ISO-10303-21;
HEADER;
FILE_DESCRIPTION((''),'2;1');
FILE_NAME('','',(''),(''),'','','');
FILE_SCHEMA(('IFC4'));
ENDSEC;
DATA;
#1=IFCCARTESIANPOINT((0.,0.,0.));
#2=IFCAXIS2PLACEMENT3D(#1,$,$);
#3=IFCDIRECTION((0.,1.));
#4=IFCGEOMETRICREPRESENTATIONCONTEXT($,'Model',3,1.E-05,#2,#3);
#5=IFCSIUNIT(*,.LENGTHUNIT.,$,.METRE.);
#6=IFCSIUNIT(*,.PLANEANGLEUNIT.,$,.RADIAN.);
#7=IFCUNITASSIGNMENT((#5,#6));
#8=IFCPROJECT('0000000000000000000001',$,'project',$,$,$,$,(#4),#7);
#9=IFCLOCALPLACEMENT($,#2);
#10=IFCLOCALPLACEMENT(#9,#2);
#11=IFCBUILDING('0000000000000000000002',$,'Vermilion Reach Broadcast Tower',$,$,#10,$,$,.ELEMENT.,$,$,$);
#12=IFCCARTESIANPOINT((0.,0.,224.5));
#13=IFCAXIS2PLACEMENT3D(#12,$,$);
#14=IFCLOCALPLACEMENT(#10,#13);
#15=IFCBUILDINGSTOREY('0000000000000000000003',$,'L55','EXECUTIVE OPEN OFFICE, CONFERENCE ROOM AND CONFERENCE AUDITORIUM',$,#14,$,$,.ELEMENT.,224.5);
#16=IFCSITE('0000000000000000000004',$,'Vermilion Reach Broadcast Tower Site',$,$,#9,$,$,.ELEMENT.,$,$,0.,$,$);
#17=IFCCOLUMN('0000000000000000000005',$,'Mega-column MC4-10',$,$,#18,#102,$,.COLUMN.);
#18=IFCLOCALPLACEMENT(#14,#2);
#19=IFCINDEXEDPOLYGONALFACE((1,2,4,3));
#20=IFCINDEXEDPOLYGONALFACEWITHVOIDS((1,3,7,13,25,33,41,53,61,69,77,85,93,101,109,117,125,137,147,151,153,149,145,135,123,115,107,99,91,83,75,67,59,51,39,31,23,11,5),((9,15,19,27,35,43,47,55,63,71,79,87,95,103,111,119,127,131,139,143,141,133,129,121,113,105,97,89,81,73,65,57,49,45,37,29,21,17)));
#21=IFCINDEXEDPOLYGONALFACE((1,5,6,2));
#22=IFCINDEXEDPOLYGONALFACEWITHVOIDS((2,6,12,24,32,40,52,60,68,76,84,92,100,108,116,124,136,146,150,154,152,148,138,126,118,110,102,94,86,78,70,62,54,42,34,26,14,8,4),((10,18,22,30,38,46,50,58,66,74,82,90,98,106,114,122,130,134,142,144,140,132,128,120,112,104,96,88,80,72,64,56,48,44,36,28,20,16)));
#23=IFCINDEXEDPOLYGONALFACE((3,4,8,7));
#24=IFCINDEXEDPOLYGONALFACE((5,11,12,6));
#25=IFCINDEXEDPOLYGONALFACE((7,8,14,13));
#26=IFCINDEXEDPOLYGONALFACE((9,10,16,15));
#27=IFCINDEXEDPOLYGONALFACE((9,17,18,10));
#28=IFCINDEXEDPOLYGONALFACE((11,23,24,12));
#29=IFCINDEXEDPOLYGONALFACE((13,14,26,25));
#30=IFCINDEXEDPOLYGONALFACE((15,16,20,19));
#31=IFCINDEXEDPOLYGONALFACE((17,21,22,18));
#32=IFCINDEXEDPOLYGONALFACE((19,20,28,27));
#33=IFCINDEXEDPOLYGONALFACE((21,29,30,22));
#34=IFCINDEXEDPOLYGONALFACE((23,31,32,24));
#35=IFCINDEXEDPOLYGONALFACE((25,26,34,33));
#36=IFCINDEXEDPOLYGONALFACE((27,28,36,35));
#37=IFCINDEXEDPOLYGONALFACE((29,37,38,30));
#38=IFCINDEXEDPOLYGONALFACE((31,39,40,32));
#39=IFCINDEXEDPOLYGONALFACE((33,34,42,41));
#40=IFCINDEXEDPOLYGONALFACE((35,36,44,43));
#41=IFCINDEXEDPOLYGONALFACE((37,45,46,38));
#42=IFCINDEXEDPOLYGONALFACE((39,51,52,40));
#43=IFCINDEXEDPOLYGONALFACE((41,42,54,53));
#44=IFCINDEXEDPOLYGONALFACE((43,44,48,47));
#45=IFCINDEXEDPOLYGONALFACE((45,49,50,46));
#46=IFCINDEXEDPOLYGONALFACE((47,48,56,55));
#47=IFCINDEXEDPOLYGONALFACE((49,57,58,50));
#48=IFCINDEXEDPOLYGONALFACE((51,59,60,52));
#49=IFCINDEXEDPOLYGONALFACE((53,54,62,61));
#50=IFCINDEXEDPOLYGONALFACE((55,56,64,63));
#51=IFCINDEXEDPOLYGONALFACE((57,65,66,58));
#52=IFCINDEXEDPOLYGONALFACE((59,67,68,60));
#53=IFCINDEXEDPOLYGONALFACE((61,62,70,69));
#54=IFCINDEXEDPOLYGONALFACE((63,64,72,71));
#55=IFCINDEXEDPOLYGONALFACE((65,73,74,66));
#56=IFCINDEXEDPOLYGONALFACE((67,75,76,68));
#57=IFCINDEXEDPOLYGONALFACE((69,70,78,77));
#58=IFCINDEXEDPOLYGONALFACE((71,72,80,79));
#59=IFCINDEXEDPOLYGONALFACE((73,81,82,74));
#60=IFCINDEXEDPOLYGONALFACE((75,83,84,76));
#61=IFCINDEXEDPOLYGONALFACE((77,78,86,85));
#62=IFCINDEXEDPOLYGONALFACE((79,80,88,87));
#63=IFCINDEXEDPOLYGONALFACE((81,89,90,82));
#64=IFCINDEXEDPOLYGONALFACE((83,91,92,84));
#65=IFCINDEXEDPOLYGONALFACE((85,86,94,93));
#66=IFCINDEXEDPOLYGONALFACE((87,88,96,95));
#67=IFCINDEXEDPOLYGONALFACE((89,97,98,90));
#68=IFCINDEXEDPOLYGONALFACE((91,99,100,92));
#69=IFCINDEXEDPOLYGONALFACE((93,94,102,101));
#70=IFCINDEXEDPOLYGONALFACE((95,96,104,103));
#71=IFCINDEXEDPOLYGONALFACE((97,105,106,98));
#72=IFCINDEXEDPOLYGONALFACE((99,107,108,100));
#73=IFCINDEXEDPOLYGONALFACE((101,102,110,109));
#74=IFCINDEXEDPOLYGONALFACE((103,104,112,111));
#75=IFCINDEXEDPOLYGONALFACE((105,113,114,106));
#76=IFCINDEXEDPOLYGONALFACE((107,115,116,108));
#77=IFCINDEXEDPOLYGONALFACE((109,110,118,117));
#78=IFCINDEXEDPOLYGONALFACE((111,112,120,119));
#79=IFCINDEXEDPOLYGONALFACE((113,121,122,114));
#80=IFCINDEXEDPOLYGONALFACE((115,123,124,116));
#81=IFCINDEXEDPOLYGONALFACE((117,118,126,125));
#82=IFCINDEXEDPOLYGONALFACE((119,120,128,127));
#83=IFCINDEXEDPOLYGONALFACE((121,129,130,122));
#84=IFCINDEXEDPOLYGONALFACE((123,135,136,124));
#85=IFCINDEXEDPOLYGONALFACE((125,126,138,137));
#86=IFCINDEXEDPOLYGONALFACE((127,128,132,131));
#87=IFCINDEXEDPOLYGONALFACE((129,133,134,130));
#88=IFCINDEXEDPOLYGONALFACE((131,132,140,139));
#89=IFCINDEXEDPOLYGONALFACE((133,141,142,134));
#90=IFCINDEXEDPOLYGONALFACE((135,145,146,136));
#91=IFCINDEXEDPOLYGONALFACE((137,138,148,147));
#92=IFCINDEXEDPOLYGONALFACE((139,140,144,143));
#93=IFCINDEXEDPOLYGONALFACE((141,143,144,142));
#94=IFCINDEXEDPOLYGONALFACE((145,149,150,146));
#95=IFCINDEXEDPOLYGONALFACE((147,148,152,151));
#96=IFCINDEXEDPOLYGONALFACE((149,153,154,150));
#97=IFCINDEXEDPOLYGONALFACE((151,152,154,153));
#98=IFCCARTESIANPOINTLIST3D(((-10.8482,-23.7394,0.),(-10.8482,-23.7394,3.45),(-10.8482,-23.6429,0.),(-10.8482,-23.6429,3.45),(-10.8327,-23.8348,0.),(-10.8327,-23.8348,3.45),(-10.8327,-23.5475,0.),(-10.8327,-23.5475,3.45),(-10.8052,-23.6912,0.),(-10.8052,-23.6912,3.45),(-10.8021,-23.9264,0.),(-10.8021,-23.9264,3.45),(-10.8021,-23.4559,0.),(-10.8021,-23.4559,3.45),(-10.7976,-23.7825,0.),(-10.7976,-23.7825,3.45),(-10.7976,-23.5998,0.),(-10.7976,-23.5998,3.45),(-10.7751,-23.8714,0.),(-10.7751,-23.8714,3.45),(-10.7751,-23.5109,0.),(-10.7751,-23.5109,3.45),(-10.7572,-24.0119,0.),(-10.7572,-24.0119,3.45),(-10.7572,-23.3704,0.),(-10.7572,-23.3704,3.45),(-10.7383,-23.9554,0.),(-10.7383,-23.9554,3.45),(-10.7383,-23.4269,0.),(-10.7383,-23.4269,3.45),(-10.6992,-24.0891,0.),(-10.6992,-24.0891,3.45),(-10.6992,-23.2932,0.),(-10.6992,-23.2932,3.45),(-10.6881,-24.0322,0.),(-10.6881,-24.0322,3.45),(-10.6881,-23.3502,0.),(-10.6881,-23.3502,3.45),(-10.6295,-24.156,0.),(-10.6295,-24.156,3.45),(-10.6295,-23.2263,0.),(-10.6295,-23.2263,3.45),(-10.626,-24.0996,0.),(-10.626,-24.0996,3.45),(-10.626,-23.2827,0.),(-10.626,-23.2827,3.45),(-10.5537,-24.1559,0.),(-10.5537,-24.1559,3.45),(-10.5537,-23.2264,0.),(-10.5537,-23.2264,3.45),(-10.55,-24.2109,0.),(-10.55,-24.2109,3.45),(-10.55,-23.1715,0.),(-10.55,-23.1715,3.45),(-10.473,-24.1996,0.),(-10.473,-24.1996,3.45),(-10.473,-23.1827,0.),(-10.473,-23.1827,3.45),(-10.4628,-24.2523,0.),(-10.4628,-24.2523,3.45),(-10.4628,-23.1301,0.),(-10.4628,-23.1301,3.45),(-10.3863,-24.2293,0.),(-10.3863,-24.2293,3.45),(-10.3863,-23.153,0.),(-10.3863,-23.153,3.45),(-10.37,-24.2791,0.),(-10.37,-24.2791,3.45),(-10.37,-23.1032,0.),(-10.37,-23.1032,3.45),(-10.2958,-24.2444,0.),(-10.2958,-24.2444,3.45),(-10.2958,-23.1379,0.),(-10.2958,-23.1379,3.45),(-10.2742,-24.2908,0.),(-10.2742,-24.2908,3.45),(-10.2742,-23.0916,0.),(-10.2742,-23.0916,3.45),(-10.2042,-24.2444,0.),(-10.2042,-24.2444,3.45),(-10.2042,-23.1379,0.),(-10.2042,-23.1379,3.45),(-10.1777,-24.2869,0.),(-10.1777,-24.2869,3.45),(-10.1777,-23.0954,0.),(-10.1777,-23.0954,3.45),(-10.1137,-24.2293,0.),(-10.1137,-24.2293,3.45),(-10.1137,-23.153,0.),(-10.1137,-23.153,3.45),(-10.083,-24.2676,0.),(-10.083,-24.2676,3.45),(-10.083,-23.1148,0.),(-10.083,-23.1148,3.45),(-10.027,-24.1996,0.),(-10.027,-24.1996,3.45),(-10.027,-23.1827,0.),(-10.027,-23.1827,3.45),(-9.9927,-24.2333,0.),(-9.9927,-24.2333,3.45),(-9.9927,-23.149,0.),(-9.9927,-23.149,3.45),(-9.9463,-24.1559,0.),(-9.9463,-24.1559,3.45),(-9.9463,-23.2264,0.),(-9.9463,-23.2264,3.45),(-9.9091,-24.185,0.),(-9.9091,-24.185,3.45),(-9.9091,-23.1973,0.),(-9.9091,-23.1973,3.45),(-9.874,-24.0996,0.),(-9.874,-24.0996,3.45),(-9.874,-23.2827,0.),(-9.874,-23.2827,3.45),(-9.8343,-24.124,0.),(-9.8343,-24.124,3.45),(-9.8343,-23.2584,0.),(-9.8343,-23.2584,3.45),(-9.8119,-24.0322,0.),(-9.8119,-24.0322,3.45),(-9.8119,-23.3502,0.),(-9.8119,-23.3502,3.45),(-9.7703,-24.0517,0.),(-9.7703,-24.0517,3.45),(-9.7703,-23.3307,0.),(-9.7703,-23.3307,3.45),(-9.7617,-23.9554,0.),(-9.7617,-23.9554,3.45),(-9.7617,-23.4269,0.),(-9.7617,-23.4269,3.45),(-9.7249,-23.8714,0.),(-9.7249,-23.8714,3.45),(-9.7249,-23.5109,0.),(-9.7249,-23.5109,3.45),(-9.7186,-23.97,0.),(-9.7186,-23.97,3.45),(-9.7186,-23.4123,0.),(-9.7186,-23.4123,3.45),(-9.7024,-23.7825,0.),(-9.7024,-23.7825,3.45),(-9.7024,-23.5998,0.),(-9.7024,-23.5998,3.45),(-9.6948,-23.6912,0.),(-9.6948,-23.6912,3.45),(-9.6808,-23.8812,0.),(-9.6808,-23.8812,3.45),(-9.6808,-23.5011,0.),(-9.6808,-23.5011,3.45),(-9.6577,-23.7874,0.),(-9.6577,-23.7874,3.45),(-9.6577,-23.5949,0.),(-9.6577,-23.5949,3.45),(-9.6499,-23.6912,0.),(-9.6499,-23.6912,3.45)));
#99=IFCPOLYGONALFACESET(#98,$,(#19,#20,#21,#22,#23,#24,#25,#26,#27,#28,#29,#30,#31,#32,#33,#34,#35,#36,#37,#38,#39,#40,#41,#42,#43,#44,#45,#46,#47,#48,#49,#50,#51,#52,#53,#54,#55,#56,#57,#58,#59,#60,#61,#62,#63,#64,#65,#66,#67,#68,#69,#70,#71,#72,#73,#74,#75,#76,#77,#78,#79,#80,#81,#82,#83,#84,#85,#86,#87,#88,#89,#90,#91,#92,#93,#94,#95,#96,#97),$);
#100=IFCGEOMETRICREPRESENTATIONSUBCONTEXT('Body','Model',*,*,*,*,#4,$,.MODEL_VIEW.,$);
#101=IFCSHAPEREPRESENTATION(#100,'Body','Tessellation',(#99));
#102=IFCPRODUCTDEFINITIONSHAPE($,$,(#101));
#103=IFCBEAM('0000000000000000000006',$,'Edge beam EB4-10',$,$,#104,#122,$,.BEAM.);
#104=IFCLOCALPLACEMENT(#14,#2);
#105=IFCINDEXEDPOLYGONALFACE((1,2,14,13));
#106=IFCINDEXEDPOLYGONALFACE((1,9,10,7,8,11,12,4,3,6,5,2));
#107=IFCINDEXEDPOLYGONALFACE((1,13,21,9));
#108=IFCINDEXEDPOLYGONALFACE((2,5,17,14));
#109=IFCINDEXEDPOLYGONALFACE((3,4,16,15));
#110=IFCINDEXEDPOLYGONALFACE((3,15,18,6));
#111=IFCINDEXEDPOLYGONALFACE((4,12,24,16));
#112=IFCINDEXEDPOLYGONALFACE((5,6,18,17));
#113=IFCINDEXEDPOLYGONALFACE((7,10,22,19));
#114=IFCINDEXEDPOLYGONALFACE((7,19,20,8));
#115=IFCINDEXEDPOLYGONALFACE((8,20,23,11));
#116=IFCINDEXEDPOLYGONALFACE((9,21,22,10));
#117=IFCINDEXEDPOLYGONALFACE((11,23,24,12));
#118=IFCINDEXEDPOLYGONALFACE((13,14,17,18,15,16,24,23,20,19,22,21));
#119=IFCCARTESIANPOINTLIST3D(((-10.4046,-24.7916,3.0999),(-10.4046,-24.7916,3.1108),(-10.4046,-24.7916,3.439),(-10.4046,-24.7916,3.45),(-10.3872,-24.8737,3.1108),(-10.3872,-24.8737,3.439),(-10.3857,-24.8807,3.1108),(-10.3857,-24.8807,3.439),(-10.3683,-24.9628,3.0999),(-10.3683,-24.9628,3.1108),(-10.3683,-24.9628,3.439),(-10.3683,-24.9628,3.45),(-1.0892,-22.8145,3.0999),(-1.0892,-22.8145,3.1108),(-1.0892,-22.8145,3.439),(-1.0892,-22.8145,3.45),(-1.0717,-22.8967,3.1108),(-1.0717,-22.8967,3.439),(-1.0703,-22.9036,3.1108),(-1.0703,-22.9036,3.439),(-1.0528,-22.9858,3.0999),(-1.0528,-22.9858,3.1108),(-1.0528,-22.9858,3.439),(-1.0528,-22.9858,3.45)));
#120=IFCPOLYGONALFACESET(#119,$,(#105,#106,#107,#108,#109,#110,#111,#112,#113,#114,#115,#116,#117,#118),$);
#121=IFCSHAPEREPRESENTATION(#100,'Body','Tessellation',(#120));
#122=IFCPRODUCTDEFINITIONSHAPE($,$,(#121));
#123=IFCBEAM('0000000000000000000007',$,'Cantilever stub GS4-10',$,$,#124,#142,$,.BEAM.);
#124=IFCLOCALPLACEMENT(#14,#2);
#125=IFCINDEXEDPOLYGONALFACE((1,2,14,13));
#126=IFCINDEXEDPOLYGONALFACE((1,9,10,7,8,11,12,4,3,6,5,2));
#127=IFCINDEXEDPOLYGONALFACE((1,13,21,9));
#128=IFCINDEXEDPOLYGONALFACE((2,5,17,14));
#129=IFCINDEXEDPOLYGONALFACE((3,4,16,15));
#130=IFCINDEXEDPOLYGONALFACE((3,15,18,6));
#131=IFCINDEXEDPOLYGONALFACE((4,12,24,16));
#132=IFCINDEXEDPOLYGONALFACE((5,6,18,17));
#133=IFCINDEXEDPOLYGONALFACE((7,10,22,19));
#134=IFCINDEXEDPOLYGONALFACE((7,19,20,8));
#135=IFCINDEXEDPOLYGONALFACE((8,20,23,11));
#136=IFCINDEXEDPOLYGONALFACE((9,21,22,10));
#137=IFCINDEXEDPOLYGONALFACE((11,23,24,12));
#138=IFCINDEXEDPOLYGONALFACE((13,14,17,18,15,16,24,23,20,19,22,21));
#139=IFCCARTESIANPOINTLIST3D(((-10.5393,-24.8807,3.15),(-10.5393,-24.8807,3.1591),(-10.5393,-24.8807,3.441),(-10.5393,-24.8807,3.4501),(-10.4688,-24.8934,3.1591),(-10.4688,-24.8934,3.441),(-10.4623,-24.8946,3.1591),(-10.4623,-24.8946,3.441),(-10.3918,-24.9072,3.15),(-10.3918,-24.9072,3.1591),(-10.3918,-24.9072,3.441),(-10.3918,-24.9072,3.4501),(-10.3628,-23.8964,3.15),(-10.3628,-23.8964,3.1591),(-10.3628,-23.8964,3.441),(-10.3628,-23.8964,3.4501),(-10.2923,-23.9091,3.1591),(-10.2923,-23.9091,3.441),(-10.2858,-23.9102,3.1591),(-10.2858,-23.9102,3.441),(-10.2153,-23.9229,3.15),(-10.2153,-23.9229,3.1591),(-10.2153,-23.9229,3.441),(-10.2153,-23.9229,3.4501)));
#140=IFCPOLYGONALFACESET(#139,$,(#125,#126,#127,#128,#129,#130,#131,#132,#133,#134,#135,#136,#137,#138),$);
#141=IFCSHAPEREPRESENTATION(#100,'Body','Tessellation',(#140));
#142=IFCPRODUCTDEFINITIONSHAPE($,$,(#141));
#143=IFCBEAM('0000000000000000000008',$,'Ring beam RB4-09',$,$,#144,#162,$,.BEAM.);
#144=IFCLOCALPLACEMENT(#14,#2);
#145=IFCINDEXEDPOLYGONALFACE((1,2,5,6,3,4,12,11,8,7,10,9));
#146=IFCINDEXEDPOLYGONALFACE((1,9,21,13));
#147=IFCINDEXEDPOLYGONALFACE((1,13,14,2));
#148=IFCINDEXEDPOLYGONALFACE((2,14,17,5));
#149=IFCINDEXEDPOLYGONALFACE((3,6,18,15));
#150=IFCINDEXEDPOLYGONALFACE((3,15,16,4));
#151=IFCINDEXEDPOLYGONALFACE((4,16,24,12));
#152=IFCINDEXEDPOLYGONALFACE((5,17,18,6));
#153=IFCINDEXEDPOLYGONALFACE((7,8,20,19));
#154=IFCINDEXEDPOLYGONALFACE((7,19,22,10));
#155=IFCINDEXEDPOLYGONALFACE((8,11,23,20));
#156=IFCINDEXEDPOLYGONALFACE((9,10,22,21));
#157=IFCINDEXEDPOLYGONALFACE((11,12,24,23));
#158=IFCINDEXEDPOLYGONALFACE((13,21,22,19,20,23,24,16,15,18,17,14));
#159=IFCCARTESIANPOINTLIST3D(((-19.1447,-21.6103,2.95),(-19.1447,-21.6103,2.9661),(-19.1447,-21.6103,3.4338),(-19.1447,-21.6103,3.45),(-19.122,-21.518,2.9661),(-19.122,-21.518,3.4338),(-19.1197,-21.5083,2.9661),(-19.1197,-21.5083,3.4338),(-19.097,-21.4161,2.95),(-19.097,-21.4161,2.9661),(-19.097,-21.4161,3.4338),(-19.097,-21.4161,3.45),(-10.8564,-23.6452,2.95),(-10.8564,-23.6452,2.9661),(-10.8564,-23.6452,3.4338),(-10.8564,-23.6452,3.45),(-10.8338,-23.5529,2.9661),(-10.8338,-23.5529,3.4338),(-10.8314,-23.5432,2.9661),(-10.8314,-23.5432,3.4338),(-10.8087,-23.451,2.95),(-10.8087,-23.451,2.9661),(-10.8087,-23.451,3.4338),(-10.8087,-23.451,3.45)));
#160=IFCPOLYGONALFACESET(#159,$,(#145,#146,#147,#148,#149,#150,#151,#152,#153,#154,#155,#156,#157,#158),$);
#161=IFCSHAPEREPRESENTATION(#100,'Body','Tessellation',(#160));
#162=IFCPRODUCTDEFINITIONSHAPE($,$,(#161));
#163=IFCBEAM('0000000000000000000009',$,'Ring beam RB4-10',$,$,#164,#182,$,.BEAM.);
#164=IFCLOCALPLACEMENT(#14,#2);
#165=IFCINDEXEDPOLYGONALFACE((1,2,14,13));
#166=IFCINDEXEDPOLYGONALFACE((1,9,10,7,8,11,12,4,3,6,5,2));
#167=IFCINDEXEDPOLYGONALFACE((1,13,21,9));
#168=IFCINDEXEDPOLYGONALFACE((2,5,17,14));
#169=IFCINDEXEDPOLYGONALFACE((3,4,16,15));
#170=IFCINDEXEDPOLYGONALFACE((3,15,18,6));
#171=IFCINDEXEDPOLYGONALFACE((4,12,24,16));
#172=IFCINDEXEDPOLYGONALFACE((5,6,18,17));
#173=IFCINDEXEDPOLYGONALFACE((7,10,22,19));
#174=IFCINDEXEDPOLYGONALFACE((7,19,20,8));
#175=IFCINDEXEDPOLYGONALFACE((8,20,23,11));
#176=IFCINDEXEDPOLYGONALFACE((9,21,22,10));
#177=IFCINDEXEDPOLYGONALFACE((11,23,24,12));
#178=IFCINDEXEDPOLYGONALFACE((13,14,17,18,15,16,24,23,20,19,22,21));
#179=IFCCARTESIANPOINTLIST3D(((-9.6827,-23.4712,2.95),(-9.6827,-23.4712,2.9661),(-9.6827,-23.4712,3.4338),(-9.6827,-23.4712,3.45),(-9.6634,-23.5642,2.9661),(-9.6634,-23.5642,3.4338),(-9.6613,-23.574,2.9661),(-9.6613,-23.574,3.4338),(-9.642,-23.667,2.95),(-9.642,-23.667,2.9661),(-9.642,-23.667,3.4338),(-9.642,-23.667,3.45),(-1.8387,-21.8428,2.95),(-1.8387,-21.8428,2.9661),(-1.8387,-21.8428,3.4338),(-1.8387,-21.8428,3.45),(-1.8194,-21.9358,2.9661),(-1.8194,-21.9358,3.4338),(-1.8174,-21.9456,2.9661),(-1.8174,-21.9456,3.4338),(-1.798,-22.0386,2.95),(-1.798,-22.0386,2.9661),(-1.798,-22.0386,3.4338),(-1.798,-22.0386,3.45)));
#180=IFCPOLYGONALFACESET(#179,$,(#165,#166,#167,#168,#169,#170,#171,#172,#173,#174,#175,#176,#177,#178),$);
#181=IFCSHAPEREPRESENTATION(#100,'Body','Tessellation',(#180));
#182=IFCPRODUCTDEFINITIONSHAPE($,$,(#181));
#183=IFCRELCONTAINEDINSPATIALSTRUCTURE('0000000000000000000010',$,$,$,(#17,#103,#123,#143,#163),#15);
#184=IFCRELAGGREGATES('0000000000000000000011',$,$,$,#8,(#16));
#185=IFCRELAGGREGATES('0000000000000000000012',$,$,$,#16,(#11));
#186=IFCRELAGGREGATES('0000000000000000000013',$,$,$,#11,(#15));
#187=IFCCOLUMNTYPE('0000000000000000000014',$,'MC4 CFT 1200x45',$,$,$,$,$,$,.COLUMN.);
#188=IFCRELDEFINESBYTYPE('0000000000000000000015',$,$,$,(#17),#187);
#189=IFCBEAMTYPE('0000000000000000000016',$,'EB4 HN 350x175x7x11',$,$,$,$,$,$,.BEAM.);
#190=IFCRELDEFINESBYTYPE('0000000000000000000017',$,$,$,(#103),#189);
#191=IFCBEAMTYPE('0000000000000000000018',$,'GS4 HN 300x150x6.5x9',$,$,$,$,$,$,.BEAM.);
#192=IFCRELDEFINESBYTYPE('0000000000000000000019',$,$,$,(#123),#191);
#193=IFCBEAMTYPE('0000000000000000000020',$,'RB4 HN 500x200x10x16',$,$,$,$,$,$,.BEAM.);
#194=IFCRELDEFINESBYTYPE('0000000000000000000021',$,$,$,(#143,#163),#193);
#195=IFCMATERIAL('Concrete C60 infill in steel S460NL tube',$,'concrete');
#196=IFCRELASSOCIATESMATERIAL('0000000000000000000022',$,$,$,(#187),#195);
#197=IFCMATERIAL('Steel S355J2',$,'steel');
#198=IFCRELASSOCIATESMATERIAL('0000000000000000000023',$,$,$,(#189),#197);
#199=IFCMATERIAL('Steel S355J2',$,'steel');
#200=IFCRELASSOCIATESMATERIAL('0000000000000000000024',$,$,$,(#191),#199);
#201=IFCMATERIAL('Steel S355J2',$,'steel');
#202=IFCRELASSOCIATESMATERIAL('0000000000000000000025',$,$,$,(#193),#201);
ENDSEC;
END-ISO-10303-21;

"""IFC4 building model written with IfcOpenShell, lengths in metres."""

from ifc_helpers import new_model, si_unit, direction, frame, origin, origin_2d, place, context, subcontext, project, spatial, hollow_circle, i_section, extrude, material, material_profile, profile_set, type_object, element, save


model = new_model("IFC4")

# Units and contexts
model_context = context("Model", 3, precision=1e-05, world=origin(), true_north=direction((0.0, 1.0)))
body_context = subcontext(model_context, "Body", "Model", "MODEL_VIEW")
ifc_project = project(units=[si_unit("LENGTHUNIT", "METRE"), si_unit("PLANEANGLEUNIT", "RADIAN")], contexts=[model_context])

# Site, building, storey
site_placement = place(None, origin())
site = spatial("IfcSite", under=ifc_project, at=site_placement, Name="Vermilion Reach Broadcast Tower Site", CompositionType="ELEMENT", RefElevation=0.0)
building_placement = place(site_placement, origin())
building = spatial("IfcBuilding", under=site, at=building_placement, Name="Vermilion Reach Broadcast Tower", CompositionType="ELEMENT")
storey_placement = place(building_placement, frame((0.0, 0.0, 224.5)))
storey = spatial("IfcBuildingStorey", under=building, at=storey_placement, Name="L55", Description="EXECUTIVE OPEN OFFICE, CONFERENCE ROOM AND CONFERENCE AUDITORIUM", CompositionType="ELEMENT", Elevation=224.5)

# Column
ifc_material_1 = material(Name="Concrete C60 infill in steel S460NL tube", Category="concrete")
ifc_material_profile_1 = material_profile(ifc_material_1, hollow_circle(Radius=0.6001, WallThickness=0.0449, at=origin_2d()), Name="Concrete C60 infill in steel S460NL tube CFT 1200x45")
ifc_profile_set_1 = profile_set([ifc_material_profile_1], Name="Concrete C60 infill in steel S460NL tube")
column_type = type_object("IfcColumnType", Name="MC4 CFT 1200x45", PredefinedType="COLUMN", material=ifc_profile_set_1)
column_placement = place(storey_placement, frame((-10.25, -23.6912, 0.0), z_axis=(0.0, 0.0, 1.0), x_axis=(1.0, 0.0, 0.0)))
element("IfcColumn", 1, at=column_placement, inside=storey, type_object=column_type, Name="Mega-column MC4-10", PredefinedType="COLUMN", context=body_context, shape_type="SweptSolid", body=[
    extrude(hollow_circle(Radius=0.6001, WallThickness=0.0449, at=origin_2d()), origin(), (0.0, 0.0, 1.0), 3.45),
])

# Beams
ifc_material_2 = material(Name="Steel S355J2", Category="steel")
ifc_material_profile_2 = material_profile(ifc_material_2, i_section(OverallWidth=0.175, OverallDepth=0.3501, WebThickness=0.0071, FlangeThickness=0.011, at=origin_2d()), Name="S355J2 HN 350x175x7x11")
ifc_profile_set_2 = profile_set([ifc_material_profile_2], Name="Steel S355J2")
beam_type_1 = type_object("IfcBeamType", Name="EB4 HN 350x175x7x11", PredefinedType="BEAM", material=ifc_profile_set_2)
beam_1_placement = place(storey_placement, frame((-10.3865, -24.8772, 3.2749), z_axis=(0.978212, 0.20761, 0.0), x_axis=(-0.20761, 0.978212, 0.0)))
element("IfcBeam", 2, at=beam_1_placement, inside=storey, type_object=beam_type_1, Name="Edge beam EB4-10", PredefinedType="BEAM", context=body_context, shape_type="SweptSolid", body=[
    extrude(i_section(OverallWidth=0.175, OverallDepth=0.3501, WebThickness=0.0071, FlangeThickness=0.011, at=origin_2d()), origin(), (0.0, 0.0, 1.0), 9.5229),
])
ifc_material_3 = material(Name="Steel S355J2", Category="steel")
ifc_material_profile_3 = material_profile(ifc_material_3, i_section(OverallWidth=0.1499, OverallDepth=0.3, WebThickness=0.0066, FlangeThickness=0.009, at=origin_2d()), Name="S355J2 HN 300x150x6.5x9")
ifc_profile_set_3 = profile_set([ifc_material_profile_3], Name="Steel S355J2")
beam_type_2 = type_object("IfcBeamType", Name="GS4 HN 300x150x6.5x9", PredefinedType="BEAM", material=ifc_profile_set_3)
beam_2_placement = place(storey_placement, frame((-10.2891, -23.9097, 3.3), z_axis=(-0.1765, -0.984301, 0.0), x_axis=(0.984301, -0.1765, 0.0)))
element("IfcBeam", 3, at=beam_2_placement, inside=storey, type_object=beam_type_2, Name="Cantilever stub GS4-10", PredefinedType="BEAM", context=body_context, shape_type="SweptSolid", body=[
    extrude(i_section(OverallWidth=0.1499, OverallDepth=0.3, WebThickness=0.0066, FlangeThickness=0.009, at=origin_2d()), origin(), (0.0, 0.0, 1.0), 1.0),
])
ifc_material_4 = material(Name="Steel S355J2", Category="steel")
ifc_material_profile_4 = material_profile(ifc_material_4, i_section(OverallWidth=0.2, OverallDepth=0.5, WebThickness=0.01, FlangeThickness=0.0161, at=origin_2d()), Name="S355J2 HN 500x200x10x16")
ifc_profile_set_4 = profile_set([ifc_material_profile_4], Name="Steel S355J2")
beam_type_3 = type_object("IfcBeamType", Name="RB4 HN 500x200x10x16", PredefinedType="BEAM", material=ifc_profile_set_4)
beam_3_placement = place(storey_placement, frame((-19.1208, -21.5132, 3.2), z_axis=(0.971159, -0.238434, 0.0), x_axis=(0.238434, 0.971159, 0.0)))
element("IfcBeam", 4, at=beam_3_placement, inside=storey, type_object=beam_type_3, Name="Ring beam RB4-09", PredefinedType="BEAM", context=body_context, shape_type="SweptSolid", body=[
    extrude(i_section(OverallWidth=0.2, OverallDepth=0.5, WebThickness=0.01, FlangeThickness=0.0161, at=origin_2d()), origin(), (0.0, 0.0, 1.0), 8.5344),
])
beam_4_placement = place(storey_placement, frame((-9.6624, -23.5691, 3.2), z_axis=(0.979123, 0.203267, 0.0), x_axis=(-0.203267, 0.979123, 0.0)))
element("IfcBeam", 5, at=beam_4_placement, inside=storey, type_object=beam_type_3, Name="Ring beam RB4-10", PredefinedType="BEAM", context=body_context, shape_type="SweptSolid", body=[
    extrude(i_section(OverallWidth=0.2, OverallDepth=0.5, WebThickness=0.01, FlangeThickness=0.0161, at=origin_2d()), origin(), (0.0, 0.0, 1.0), 8.0112),
])

save(model, "model.ifc")
